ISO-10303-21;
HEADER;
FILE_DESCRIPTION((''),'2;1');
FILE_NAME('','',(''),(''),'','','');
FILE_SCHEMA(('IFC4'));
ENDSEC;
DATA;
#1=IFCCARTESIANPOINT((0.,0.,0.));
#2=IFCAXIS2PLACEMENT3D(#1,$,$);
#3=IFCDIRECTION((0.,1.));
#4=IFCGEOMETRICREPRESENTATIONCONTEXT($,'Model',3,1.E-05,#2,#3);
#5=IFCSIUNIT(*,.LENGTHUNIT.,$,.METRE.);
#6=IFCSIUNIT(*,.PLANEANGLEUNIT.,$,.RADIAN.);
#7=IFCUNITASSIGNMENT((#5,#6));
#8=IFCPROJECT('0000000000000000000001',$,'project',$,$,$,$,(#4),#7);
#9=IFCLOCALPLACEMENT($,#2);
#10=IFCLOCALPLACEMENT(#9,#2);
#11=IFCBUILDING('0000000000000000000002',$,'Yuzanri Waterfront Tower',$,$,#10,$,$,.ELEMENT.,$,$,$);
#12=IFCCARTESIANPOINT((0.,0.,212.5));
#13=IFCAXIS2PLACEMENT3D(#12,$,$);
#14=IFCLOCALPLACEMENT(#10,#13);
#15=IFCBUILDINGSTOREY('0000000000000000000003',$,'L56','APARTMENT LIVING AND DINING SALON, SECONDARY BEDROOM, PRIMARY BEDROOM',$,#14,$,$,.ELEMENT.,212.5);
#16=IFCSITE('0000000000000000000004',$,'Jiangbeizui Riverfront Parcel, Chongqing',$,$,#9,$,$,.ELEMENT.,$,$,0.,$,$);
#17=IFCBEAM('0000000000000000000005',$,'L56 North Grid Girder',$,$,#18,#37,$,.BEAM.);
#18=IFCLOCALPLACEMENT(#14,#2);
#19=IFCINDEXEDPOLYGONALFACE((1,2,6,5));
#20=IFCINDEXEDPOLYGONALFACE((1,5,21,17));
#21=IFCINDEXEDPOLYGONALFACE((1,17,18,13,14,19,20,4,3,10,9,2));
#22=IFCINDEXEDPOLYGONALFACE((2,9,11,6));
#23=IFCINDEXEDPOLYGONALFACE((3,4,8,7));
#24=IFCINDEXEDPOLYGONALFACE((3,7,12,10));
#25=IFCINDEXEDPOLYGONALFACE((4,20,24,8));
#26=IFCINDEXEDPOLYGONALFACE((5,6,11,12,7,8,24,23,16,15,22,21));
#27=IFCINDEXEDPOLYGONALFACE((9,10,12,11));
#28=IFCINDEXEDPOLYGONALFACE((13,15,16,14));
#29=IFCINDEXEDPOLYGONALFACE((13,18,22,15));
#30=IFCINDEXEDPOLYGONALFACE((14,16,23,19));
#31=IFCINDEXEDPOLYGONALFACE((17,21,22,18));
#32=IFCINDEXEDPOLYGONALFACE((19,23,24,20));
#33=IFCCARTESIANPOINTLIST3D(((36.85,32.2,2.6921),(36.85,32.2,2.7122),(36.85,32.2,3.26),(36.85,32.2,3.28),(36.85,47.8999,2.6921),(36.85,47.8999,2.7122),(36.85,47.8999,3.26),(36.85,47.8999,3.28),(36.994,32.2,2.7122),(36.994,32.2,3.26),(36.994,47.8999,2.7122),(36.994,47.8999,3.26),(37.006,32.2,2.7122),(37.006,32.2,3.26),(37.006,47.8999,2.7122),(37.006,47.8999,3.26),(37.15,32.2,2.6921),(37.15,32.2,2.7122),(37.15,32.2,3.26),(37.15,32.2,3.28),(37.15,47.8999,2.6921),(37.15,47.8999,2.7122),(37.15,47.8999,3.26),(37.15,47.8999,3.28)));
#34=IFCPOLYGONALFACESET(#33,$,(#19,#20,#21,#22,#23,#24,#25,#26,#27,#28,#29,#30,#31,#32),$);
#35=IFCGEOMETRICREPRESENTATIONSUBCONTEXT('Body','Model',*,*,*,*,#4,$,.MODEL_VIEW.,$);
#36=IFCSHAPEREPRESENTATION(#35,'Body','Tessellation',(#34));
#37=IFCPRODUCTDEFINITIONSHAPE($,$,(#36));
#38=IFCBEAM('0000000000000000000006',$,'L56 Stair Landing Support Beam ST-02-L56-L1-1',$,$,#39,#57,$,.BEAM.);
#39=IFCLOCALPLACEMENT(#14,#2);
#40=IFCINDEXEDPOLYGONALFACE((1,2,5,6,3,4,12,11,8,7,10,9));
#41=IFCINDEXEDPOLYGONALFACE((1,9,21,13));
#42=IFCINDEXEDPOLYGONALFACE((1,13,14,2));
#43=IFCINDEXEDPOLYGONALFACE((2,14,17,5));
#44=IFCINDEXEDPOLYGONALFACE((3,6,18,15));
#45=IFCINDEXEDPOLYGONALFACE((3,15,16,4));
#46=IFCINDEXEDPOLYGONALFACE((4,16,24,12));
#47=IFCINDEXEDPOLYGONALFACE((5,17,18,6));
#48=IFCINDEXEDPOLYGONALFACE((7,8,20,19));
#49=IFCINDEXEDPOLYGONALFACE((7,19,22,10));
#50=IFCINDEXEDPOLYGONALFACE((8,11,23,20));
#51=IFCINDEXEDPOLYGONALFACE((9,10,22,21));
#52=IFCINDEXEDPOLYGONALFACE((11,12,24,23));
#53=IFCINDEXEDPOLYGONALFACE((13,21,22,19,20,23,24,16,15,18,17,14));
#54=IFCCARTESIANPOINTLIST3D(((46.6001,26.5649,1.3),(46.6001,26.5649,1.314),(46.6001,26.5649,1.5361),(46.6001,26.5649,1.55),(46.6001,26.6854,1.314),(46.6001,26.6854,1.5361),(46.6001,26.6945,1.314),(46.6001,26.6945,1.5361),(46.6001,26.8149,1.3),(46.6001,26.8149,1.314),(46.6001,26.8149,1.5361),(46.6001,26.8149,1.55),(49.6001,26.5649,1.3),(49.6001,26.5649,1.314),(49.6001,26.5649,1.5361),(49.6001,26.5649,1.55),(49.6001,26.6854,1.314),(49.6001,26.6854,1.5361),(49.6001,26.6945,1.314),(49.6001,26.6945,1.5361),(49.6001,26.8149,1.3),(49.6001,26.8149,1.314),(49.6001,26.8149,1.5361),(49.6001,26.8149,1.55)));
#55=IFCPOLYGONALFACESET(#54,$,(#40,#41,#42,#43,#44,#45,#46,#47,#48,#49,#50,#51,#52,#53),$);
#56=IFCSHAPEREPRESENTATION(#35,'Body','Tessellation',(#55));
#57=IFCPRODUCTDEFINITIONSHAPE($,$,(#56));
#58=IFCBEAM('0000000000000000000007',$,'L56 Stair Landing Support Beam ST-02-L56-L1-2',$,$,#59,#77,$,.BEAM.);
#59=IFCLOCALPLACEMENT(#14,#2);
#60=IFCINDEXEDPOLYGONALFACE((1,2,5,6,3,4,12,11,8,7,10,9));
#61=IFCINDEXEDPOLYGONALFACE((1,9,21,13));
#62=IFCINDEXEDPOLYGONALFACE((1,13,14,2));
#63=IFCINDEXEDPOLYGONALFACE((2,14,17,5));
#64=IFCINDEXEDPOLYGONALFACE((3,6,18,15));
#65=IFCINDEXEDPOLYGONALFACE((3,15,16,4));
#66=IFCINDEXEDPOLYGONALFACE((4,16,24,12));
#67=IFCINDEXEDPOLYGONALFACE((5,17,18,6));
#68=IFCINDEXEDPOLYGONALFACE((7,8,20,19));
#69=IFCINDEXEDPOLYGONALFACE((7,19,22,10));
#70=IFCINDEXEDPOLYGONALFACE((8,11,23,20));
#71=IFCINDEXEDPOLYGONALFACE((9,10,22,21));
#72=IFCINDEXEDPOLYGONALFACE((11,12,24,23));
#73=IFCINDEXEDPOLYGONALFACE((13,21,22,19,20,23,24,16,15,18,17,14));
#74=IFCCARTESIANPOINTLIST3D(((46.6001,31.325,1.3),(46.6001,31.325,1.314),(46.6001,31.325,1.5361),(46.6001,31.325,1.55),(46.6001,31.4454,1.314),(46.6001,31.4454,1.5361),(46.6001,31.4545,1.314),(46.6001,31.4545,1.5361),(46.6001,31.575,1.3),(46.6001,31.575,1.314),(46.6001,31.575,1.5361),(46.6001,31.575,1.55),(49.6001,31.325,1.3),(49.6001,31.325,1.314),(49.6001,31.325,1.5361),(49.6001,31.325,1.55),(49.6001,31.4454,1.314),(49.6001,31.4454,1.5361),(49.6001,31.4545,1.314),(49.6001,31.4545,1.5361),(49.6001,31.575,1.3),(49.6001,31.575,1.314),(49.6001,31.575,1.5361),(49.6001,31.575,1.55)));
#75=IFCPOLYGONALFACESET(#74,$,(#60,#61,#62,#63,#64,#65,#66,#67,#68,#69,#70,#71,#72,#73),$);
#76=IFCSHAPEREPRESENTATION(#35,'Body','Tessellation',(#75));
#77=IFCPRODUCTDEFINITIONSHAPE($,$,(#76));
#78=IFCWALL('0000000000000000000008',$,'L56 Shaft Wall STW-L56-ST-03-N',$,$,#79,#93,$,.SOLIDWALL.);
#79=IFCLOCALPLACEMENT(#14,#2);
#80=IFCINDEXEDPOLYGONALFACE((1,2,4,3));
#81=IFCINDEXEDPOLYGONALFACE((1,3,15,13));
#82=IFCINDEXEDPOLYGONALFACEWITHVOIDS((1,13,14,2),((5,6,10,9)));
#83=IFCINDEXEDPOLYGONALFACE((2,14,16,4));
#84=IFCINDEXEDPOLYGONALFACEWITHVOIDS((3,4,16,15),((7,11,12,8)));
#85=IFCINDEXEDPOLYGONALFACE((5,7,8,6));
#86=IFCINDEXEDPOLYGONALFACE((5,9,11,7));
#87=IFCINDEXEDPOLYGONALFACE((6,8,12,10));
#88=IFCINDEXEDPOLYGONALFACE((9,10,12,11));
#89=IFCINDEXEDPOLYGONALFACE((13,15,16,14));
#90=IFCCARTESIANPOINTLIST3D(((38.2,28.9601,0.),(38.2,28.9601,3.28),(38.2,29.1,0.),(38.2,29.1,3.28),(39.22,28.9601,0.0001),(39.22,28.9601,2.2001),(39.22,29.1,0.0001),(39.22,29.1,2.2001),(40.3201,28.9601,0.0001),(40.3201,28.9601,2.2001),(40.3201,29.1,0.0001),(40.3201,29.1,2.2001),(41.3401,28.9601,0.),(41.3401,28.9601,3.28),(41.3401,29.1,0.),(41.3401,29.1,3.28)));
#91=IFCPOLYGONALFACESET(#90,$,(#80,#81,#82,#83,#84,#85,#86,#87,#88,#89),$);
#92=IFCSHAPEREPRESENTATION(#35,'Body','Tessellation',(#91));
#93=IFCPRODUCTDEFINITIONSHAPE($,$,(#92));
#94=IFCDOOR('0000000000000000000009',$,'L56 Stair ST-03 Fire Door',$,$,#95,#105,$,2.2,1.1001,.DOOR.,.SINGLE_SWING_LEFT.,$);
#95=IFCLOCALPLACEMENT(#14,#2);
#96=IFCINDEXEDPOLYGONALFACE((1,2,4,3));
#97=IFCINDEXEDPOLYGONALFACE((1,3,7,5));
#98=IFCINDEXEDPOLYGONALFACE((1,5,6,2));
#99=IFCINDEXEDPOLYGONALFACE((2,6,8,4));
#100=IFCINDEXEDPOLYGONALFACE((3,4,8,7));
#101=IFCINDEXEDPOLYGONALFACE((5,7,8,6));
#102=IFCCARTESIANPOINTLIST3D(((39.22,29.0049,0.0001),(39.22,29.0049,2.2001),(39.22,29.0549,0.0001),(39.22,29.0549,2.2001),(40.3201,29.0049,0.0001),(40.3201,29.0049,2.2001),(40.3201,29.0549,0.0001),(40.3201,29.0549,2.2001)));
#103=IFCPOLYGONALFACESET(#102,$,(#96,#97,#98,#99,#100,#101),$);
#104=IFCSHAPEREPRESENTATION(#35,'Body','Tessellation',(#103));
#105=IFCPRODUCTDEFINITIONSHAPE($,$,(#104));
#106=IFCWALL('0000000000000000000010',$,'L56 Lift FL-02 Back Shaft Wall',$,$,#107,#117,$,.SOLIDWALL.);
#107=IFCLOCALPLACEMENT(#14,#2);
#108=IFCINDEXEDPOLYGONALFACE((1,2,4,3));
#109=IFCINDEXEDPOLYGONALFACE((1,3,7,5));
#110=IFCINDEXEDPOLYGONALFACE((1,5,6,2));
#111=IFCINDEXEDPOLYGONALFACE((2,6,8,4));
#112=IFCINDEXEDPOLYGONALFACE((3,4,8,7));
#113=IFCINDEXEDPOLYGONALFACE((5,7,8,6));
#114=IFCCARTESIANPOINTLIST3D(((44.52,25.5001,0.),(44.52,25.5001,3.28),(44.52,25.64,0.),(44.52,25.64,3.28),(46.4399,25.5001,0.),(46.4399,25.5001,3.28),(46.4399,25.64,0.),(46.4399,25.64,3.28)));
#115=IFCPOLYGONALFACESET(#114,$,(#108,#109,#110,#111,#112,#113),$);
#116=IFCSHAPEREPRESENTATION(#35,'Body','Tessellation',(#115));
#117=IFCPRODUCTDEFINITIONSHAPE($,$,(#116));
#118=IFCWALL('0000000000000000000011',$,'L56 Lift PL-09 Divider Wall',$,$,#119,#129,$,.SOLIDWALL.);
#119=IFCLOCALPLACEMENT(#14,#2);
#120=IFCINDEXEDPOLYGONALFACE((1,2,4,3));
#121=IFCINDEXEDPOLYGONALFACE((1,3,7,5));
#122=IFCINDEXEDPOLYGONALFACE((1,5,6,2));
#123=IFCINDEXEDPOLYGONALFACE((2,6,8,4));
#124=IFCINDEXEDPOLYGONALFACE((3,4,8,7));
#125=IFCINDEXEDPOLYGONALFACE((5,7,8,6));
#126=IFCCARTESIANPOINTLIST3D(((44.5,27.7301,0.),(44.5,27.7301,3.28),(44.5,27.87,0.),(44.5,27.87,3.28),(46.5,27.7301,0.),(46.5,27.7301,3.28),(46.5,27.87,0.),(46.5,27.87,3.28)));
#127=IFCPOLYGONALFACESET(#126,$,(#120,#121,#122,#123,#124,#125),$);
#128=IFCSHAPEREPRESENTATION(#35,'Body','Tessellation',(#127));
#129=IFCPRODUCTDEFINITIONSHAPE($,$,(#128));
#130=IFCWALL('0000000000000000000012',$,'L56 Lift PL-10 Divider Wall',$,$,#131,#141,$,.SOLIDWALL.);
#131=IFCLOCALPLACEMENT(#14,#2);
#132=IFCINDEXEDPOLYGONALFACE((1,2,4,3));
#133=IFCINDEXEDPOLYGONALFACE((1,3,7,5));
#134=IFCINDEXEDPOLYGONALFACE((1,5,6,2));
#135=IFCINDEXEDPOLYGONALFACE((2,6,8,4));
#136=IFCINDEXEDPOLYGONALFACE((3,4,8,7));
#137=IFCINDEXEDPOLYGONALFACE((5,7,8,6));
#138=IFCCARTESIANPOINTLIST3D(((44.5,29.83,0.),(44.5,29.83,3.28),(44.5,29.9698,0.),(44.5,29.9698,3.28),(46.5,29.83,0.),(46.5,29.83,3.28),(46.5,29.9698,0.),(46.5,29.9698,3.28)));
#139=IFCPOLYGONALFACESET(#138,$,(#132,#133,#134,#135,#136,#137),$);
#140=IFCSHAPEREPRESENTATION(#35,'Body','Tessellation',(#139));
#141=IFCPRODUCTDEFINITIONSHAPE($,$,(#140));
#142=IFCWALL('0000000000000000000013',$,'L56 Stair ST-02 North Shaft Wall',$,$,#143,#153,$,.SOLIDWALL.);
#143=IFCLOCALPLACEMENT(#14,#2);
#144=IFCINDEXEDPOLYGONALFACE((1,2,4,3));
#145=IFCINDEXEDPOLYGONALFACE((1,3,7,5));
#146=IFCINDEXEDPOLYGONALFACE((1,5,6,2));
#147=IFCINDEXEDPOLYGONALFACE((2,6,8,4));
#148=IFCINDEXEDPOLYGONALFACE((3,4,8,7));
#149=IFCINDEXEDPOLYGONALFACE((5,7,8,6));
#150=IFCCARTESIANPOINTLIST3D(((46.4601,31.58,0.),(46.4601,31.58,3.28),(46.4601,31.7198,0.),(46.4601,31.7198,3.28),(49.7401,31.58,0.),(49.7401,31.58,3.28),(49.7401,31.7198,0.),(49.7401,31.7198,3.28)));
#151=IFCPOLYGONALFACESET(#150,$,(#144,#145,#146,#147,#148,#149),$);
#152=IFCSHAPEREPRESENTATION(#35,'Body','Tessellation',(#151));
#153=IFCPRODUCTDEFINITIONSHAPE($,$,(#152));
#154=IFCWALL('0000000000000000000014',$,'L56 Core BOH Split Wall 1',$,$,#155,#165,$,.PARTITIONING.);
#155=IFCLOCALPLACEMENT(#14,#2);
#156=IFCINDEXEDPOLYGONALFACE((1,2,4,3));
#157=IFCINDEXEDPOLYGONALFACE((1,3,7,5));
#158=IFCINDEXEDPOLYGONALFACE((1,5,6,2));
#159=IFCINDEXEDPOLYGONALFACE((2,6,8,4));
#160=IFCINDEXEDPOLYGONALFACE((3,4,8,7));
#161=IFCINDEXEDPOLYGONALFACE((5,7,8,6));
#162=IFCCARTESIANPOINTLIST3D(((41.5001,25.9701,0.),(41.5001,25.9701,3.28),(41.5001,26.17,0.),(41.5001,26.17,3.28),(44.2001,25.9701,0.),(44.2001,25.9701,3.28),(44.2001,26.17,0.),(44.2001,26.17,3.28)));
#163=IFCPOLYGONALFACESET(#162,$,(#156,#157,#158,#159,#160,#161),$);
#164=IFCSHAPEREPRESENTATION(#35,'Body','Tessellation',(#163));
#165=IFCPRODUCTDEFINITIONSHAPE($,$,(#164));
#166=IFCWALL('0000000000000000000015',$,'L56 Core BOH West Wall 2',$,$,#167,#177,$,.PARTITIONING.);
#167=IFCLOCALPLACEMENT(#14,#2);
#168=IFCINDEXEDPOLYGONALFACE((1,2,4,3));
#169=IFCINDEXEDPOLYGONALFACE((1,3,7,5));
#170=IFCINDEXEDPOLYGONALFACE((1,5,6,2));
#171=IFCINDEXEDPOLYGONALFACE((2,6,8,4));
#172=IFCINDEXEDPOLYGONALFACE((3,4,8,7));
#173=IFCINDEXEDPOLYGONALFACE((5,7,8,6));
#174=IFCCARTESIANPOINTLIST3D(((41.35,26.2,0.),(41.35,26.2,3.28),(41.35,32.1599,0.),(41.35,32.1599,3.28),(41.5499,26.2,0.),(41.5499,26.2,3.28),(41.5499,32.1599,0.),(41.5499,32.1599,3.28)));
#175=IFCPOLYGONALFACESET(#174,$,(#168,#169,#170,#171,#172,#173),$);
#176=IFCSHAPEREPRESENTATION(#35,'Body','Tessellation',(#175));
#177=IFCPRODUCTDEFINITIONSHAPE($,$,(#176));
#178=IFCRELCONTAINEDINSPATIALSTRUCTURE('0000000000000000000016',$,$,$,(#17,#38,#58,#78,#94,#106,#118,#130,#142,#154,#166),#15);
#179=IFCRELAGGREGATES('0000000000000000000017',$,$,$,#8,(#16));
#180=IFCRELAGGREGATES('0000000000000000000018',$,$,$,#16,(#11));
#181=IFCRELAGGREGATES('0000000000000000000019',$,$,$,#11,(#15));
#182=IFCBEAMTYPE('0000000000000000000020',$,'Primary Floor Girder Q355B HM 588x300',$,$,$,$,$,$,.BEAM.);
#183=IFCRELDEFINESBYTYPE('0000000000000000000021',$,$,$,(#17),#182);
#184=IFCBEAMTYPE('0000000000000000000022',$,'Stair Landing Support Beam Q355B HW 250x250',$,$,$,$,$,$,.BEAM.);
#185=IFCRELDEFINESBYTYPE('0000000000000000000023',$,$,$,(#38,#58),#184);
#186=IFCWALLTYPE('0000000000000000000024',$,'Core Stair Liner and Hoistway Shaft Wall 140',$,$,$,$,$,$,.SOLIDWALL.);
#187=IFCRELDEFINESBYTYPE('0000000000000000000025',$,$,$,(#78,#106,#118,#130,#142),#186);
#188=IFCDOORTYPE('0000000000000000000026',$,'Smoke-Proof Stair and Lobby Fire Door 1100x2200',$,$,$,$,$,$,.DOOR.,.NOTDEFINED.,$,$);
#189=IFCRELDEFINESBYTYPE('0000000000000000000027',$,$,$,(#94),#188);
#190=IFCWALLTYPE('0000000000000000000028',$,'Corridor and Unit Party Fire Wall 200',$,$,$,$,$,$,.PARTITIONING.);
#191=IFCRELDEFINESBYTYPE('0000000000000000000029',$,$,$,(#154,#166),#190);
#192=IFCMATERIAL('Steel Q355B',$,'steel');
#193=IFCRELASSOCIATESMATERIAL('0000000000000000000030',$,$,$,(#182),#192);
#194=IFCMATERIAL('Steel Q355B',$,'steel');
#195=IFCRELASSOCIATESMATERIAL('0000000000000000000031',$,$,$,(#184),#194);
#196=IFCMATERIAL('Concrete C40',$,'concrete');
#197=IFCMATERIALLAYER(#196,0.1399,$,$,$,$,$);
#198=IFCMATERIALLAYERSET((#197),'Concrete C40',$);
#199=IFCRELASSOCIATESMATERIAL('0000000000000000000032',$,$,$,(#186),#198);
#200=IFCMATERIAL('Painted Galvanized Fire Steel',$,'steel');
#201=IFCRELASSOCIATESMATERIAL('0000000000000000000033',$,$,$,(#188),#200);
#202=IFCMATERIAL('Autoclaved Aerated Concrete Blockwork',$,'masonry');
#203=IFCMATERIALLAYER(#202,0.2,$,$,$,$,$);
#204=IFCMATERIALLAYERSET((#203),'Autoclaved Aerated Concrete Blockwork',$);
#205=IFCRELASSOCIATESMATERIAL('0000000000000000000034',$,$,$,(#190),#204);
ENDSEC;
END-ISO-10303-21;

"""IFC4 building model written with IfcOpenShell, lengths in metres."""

from ifc_helpers import new_model, si_unit, direction, frame, frame_2d, origin, origin_2d, place, context, subcontext, project, spatial, rectangle, i_section, extrude, source, transform, mapped, material, layer, layer_set, material_profile, profile_set, type_object, element, fill, save


model = new_model("IFC4")

# Units and contexts
model_context = context("Model", 3, precision=1e-05, world=origin(), true_north=direction((0.0, 1.0)))
body_context = subcontext(model_context, "Body", "Model", "MODEL_VIEW")
ifc_project = project(units=[si_unit("LENGTHUNIT", "METRE"), si_unit("PLANEANGLEUNIT", "RADIAN")], contexts=[model_context])

# Site, building, storey
site_placement = place(None, origin())
site = spatial("IfcSite", under=ifc_project, at=site_placement, Name="Jiangbeizui Riverfront Parcel, Chongqing", CompositionType="ELEMENT", RefElevation=0.0)
building_placement = place(site_placement, origin())
building = spatial("IfcBuilding", under=site, at=building_placement, Name="Yuzanri Waterfront Tower", CompositionType="ELEMENT")
storey_placement = place(building_placement, frame((0.0, 0.0, 212.5)))
storey = spatial("IfcBuildingStorey", under=building, at=storey_placement, Name="L56", Description="APARTMENT LIVING AND DINING SALON, SECONDARY BEDROOM, PRIMARY BEDROOM", CompositionType="ELEMENT", Elevation=212.5)

# Beams
ifc_material_1 = material(Name="Steel Q355B", Category="steel")
ifc_material_profile_1 = material_profile(ifc_material_1, i_section(OverallWidth=0.3, OverallDepth=0.5879, WebThickness=0.012, FlangeThickness=0.02, at=origin_2d()), Name="HM 588x300x12x20")
ifc_profile_set_1 = profile_set([ifc_material_profile_1], Name="Steel Q355B")
beam_type_1 = type_object("IfcBeamType", Name="Primary Floor Girder Q355B HM 588x300", PredefinedType="BEAM", material=ifc_profile_set_1)
shared_shape_1 = source(origin(), body_context, "Body", "SweptSolid", [
    extrude(i_section(OverallWidth=0.3, OverallDepth=0.5879, WebThickness=0.012, FlangeThickness=0.02, at=origin_2d()), origin(), (0.0, 0.0, 1.0), 15.7),
])
beam_placement = place(storey_placement, frame((37.0, 32.2, 2.9861), z_axis=(0.0, 1.0, 0.0), x_axis=(-1.0, 0.0, 0.0)))
element("IfcBeam", 1, at=beam_placement, inside=storey, type_object=beam_type_1, Name="L56 North Grid Girder", PredefinedType="BEAM", context=body_context, shape_type="MappedRepresentation", body=[
    mapped(shared_shape_1, transform((0.0, 0.0, 0.0), scale=1.0)),
])
ifc_material_2 = material(Name="Steel Q355B", Category="steel")
ifc_material_profile_2 = material_profile(ifc_material_2, i_section(OverallWidth=0.25, OverallDepth=0.25, WebThickness=0.009, FlangeThickness=0.0139, at=origin_2d()), Name="HW 250x250x9x14")
ifc_profile_set_2 = profile_set([ifc_material_profile_2], Name="Steel Q355B")
beam_type_2 = type_object("IfcBeamType", Name="Stair Landing Support Beam Q355B HW 250x250", PredefinedType="BEAM", material=ifc_profile_set_2)
shared_shape_2 = source(origin(), body_context, "Body", "SweptSolid", [
    extrude(i_section(OverallWidth=0.25, OverallDepth=0.25, WebThickness=0.009, FlangeThickness=0.0139, at=origin_2d()), origin(), (0.0, 0.0, 1.0), 3.0),
])
for number, where, z_axis, x_axis, name in (
    (2, (46.6001, 26.6899, 1.425), (1.0, 0.0, 0.0), (0.0, 1.0, 0.0), "L56 Stair Landing Support Beam ST-02-L56-L1-1"),
    (3, (46.6001, 31.45, 1.425), (1.0, 0.0, 0.0), (0.0, 1.0, 0.0), "L56 Stair Landing Support Beam ST-02-L56-L1-2"),
):
    element("IfcBeam", number, at=place(storey_placement, frame(where, z_axis=z_axis, x_axis=x_axis)), inside=storey, type_object=beam_type_2, Name=name, PredefinedType="BEAM", context=body_context, shape_type="MappedRepresentation", body=[
        mapped(shared_shape_2, transform((0.0, 0.0, 0.0), scale=1.0)),
    ])

# Wall, opening, door
ifc_material_3 = material(Name="Concrete C40", Category="concrete")
ifc_layer_1 = layer(ifc_material_3, 0.1399)
ifc_layer_set_1 = layer_set([ifc_layer_1], Name="Concrete C40")
wall_type_1 = type_object("IfcWallType", Name="Core Stair Liner and Hoistway Shaft Wall 140", PredefinedType="SOLIDWALL", material=ifc_layer_set_1)
wall_1_placement = place(storey_placement, frame((38.2, 29.03, 0.0), z_axis=(0.0, 0.0, 1.0), x_axis=(1.0, 0.0, 0.0)))
wall_1 = element("IfcWall", 4, at=wall_1_placement, inside=storey, type_object=wall_type_1, Name="L56 Shaft Wall STW-L56-ST-03-N", PredefinedType="SOLIDWALL", context=body_context, shape_type="SweptSolid", body=[
    extrude(rectangle(XDim=3.1401, YDim=0.1399, at=frame_2d((1.5701, 0.0))), origin(), (0.0, 0.0, 1.0), 3.28),
])
opening_placement = place(wall_1_placement, frame((1.02, 0.0, 0.0)))
opening = element("IfcOpeningElement", 5, at=opening_placement, cuts=wall_1, PredefinedType="OPENING", context=body_context, shape_type="SweptSolid", body=[
    extrude(rectangle(XDim=1.1001, YDim=2.2, at=frame_2d((0.55, 1.1001))), frame((0.0, 0.085, 0.0), z_axis=(0.0, -1.0, 0.0), x_axis=(1.0, 0.0, 0.0)), (0.0, 0.0, 1.0), 0.1697),
])
ifc_material_4 = material(Name="Painted Galvanized Fire Steel", Category="steel")
door_type = type_object("IfcDoorType", Name="Smoke-Proof Stair and Lobby Fire Door 1100x2200", OperationType="NOTDEFINED", PredefinedType="DOOR", material=ifc_material_4)
shared_shape_3 = source(origin(), body_context, "Body", "SweptSolid", [
    extrude(rectangle(XDim=1.1001, YDim=2.2, at=frame_2d((0.55, 1.1001))), frame((0.0, 0.0249, 0.0), z_axis=(0.0, -1.0, 0.0), x_axis=(1.0, 0.0, 0.0)), (0.0, 0.0, 1.0), 0.05),
])
door_placement = place(opening_placement, origin())
door = element("IfcDoor", 6, at=door_placement, inside=storey, type_object=door_type, Name="L56 Stair ST-03 Fire Door", OperationType="SINGLE_SWING_LEFT", OverallHeight=2.2, OverallWidth=1.1001, PredefinedType="DOOR", context=body_context, shape_type="MappedRepresentation", body=[
    mapped(shared_shape_3, transform((0.0, 0.0, 0.0), scale=1.0)),
])
fill(opening, door)

# Walls
shared_shape_4 = source(origin(), body_context, "Body", "SweptSolid", [
    extrude(rectangle(XDim=1.9199, YDim=0.1399, at=frame_2d((0.96, 0.0))), origin(), (0.0, 0.0, 1.0), 3.28),
])
wall_2_placement = place(storey_placement, frame((44.52, 25.5701, 0.0), z_axis=(0.0, 0.0, 1.0), x_axis=(1.0, 0.0, 0.0)))
element("IfcWall", 7, at=wall_2_placement, inside=storey, type_object=wall_type_1, Name="L56 Lift FL-02 Back Shaft Wall", PredefinedType="SOLIDWALL", context=body_context, shape_type="MappedRepresentation", body=[
    mapped(shared_shape_4, transform((0.0, 0.0, 0.0), scale=1.0)),
])
shared_shape_5 = source(origin(), body_context, "Body", "SweptSolid", [
    extrude(rectangle(XDim=2.0, YDim=0.1399, at=frame_2d((1.0, 0.0))), origin(), (0.0, 0.0, 1.0), 3.28),
])
for number, where, z_axis, x_axis, name in (
    (8, (44.5, 27.8, 0.0), (0.0, 0.0, 1.0), (1.0, 0.0, 0.0), "L56 Lift PL-09 Divider Wall"),
    (9, (44.5, 29.8999, 0.0), (0.0, 0.0, 1.0), (1.0, 0.0, 0.0), "L56 Lift PL-10 Divider Wall"),
):
    element("IfcWall", number, at=place(storey_placement, frame(where, z_axis=z_axis, x_axis=x_axis)), inside=storey, type_object=wall_type_1, Name=name, PredefinedType="SOLIDWALL", context=body_context, shape_type="MappedRepresentation", body=[
        mapped(shared_shape_5, transform((0.0, 0.0, 0.0), scale=1.0)),
    ])
shared_shape_6 = source(origin(), body_context, "Body", "SweptSolid", [
    extrude(rectangle(XDim=3.28, YDim=0.1399, at=frame_2d((1.6401, 0.0))), origin(), (0.0, 0.0, 1.0), 3.28),
])
wall_3_placement = place(storey_placement, frame((46.46, 31.6499, 0.0), z_axis=(0.0, 0.0, 1.0), x_axis=(1.0, 0.0, 0.0)))
element("IfcWall", 10, at=wall_3_placement, inside=storey, type_object=wall_type_1, Name="L56 Stair ST-02 North Shaft Wall", PredefinedType="SOLIDWALL", context=body_context, shape_type="MappedRepresentation", body=[
    mapped(shared_shape_6, transform((0.0, 0.0, 0.0), scale=1.0)),
])
ifc_material_5 = material(Name="Autoclaved Aerated Concrete Blockwork", Category="masonry")
ifc_layer_2 = layer(ifc_material_5, 0.2)
ifc_layer_set_2 = layer_set([ifc_layer_2], Name="Autoclaved Aerated Concrete Blockwork")
wall_type_2 = type_object("IfcWallType", Name="Corridor and Unit Party Fire Wall 200", PredefinedType="PARTITIONING", material=ifc_layer_set_2)
shared_shape_7 = source(origin(), body_context, "Body", "SweptSolid", [
    extrude(rectangle(XDim=2.7, YDim=0.2, at=frame_2d((1.3501, 0.0))), origin(), (0.0, 0.0, 1.0), 3.28),
])
wall_4_placement = place(storey_placement, frame((41.5, 26.0701, 0.0), z_axis=(0.0, 0.0, 1.0), x_axis=(1.0, 0.0, 0.0)))
element("IfcWall", 11, at=wall_4_placement, inside=storey, type_object=wall_type_2, Name="L56 Core BOH Split Wall 1", PredefinedType="PARTITIONING", context=body_context, shape_type="MappedRepresentation", body=[
    mapped(shared_shape_7, transform((0.0, 0.0, 0.0), scale=1.0)),
])
shared_shape_8 = source(origin(), body_context, "Body", "SweptSolid", [
    extrude(rectangle(XDim=5.96, YDim=0.2, at=frame_2d((2.98, 0.0))), origin(), (0.0, 0.0, 1.0), 3.28),
])
wall_5_placement = place(storey_placement, frame((41.45, 26.2, 0.0), z_axis=(0.0, 0.0, 1.0), x_axis=(0.0, 1.0, 0.0)))
element("IfcWall", 12, at=wall_5_placement, inside=storey, type_object=wall_type_2, Name="L56 Core BOH West Wall 2", PredefinedType="PARTITIONING", context=body_context, shape_type="MappedRepresentation", body=[
    mapped(shared_shape_8, transform((0.0, 0.0, 0.0), scale=1.0)),
])

save(model, "model.ifc")
